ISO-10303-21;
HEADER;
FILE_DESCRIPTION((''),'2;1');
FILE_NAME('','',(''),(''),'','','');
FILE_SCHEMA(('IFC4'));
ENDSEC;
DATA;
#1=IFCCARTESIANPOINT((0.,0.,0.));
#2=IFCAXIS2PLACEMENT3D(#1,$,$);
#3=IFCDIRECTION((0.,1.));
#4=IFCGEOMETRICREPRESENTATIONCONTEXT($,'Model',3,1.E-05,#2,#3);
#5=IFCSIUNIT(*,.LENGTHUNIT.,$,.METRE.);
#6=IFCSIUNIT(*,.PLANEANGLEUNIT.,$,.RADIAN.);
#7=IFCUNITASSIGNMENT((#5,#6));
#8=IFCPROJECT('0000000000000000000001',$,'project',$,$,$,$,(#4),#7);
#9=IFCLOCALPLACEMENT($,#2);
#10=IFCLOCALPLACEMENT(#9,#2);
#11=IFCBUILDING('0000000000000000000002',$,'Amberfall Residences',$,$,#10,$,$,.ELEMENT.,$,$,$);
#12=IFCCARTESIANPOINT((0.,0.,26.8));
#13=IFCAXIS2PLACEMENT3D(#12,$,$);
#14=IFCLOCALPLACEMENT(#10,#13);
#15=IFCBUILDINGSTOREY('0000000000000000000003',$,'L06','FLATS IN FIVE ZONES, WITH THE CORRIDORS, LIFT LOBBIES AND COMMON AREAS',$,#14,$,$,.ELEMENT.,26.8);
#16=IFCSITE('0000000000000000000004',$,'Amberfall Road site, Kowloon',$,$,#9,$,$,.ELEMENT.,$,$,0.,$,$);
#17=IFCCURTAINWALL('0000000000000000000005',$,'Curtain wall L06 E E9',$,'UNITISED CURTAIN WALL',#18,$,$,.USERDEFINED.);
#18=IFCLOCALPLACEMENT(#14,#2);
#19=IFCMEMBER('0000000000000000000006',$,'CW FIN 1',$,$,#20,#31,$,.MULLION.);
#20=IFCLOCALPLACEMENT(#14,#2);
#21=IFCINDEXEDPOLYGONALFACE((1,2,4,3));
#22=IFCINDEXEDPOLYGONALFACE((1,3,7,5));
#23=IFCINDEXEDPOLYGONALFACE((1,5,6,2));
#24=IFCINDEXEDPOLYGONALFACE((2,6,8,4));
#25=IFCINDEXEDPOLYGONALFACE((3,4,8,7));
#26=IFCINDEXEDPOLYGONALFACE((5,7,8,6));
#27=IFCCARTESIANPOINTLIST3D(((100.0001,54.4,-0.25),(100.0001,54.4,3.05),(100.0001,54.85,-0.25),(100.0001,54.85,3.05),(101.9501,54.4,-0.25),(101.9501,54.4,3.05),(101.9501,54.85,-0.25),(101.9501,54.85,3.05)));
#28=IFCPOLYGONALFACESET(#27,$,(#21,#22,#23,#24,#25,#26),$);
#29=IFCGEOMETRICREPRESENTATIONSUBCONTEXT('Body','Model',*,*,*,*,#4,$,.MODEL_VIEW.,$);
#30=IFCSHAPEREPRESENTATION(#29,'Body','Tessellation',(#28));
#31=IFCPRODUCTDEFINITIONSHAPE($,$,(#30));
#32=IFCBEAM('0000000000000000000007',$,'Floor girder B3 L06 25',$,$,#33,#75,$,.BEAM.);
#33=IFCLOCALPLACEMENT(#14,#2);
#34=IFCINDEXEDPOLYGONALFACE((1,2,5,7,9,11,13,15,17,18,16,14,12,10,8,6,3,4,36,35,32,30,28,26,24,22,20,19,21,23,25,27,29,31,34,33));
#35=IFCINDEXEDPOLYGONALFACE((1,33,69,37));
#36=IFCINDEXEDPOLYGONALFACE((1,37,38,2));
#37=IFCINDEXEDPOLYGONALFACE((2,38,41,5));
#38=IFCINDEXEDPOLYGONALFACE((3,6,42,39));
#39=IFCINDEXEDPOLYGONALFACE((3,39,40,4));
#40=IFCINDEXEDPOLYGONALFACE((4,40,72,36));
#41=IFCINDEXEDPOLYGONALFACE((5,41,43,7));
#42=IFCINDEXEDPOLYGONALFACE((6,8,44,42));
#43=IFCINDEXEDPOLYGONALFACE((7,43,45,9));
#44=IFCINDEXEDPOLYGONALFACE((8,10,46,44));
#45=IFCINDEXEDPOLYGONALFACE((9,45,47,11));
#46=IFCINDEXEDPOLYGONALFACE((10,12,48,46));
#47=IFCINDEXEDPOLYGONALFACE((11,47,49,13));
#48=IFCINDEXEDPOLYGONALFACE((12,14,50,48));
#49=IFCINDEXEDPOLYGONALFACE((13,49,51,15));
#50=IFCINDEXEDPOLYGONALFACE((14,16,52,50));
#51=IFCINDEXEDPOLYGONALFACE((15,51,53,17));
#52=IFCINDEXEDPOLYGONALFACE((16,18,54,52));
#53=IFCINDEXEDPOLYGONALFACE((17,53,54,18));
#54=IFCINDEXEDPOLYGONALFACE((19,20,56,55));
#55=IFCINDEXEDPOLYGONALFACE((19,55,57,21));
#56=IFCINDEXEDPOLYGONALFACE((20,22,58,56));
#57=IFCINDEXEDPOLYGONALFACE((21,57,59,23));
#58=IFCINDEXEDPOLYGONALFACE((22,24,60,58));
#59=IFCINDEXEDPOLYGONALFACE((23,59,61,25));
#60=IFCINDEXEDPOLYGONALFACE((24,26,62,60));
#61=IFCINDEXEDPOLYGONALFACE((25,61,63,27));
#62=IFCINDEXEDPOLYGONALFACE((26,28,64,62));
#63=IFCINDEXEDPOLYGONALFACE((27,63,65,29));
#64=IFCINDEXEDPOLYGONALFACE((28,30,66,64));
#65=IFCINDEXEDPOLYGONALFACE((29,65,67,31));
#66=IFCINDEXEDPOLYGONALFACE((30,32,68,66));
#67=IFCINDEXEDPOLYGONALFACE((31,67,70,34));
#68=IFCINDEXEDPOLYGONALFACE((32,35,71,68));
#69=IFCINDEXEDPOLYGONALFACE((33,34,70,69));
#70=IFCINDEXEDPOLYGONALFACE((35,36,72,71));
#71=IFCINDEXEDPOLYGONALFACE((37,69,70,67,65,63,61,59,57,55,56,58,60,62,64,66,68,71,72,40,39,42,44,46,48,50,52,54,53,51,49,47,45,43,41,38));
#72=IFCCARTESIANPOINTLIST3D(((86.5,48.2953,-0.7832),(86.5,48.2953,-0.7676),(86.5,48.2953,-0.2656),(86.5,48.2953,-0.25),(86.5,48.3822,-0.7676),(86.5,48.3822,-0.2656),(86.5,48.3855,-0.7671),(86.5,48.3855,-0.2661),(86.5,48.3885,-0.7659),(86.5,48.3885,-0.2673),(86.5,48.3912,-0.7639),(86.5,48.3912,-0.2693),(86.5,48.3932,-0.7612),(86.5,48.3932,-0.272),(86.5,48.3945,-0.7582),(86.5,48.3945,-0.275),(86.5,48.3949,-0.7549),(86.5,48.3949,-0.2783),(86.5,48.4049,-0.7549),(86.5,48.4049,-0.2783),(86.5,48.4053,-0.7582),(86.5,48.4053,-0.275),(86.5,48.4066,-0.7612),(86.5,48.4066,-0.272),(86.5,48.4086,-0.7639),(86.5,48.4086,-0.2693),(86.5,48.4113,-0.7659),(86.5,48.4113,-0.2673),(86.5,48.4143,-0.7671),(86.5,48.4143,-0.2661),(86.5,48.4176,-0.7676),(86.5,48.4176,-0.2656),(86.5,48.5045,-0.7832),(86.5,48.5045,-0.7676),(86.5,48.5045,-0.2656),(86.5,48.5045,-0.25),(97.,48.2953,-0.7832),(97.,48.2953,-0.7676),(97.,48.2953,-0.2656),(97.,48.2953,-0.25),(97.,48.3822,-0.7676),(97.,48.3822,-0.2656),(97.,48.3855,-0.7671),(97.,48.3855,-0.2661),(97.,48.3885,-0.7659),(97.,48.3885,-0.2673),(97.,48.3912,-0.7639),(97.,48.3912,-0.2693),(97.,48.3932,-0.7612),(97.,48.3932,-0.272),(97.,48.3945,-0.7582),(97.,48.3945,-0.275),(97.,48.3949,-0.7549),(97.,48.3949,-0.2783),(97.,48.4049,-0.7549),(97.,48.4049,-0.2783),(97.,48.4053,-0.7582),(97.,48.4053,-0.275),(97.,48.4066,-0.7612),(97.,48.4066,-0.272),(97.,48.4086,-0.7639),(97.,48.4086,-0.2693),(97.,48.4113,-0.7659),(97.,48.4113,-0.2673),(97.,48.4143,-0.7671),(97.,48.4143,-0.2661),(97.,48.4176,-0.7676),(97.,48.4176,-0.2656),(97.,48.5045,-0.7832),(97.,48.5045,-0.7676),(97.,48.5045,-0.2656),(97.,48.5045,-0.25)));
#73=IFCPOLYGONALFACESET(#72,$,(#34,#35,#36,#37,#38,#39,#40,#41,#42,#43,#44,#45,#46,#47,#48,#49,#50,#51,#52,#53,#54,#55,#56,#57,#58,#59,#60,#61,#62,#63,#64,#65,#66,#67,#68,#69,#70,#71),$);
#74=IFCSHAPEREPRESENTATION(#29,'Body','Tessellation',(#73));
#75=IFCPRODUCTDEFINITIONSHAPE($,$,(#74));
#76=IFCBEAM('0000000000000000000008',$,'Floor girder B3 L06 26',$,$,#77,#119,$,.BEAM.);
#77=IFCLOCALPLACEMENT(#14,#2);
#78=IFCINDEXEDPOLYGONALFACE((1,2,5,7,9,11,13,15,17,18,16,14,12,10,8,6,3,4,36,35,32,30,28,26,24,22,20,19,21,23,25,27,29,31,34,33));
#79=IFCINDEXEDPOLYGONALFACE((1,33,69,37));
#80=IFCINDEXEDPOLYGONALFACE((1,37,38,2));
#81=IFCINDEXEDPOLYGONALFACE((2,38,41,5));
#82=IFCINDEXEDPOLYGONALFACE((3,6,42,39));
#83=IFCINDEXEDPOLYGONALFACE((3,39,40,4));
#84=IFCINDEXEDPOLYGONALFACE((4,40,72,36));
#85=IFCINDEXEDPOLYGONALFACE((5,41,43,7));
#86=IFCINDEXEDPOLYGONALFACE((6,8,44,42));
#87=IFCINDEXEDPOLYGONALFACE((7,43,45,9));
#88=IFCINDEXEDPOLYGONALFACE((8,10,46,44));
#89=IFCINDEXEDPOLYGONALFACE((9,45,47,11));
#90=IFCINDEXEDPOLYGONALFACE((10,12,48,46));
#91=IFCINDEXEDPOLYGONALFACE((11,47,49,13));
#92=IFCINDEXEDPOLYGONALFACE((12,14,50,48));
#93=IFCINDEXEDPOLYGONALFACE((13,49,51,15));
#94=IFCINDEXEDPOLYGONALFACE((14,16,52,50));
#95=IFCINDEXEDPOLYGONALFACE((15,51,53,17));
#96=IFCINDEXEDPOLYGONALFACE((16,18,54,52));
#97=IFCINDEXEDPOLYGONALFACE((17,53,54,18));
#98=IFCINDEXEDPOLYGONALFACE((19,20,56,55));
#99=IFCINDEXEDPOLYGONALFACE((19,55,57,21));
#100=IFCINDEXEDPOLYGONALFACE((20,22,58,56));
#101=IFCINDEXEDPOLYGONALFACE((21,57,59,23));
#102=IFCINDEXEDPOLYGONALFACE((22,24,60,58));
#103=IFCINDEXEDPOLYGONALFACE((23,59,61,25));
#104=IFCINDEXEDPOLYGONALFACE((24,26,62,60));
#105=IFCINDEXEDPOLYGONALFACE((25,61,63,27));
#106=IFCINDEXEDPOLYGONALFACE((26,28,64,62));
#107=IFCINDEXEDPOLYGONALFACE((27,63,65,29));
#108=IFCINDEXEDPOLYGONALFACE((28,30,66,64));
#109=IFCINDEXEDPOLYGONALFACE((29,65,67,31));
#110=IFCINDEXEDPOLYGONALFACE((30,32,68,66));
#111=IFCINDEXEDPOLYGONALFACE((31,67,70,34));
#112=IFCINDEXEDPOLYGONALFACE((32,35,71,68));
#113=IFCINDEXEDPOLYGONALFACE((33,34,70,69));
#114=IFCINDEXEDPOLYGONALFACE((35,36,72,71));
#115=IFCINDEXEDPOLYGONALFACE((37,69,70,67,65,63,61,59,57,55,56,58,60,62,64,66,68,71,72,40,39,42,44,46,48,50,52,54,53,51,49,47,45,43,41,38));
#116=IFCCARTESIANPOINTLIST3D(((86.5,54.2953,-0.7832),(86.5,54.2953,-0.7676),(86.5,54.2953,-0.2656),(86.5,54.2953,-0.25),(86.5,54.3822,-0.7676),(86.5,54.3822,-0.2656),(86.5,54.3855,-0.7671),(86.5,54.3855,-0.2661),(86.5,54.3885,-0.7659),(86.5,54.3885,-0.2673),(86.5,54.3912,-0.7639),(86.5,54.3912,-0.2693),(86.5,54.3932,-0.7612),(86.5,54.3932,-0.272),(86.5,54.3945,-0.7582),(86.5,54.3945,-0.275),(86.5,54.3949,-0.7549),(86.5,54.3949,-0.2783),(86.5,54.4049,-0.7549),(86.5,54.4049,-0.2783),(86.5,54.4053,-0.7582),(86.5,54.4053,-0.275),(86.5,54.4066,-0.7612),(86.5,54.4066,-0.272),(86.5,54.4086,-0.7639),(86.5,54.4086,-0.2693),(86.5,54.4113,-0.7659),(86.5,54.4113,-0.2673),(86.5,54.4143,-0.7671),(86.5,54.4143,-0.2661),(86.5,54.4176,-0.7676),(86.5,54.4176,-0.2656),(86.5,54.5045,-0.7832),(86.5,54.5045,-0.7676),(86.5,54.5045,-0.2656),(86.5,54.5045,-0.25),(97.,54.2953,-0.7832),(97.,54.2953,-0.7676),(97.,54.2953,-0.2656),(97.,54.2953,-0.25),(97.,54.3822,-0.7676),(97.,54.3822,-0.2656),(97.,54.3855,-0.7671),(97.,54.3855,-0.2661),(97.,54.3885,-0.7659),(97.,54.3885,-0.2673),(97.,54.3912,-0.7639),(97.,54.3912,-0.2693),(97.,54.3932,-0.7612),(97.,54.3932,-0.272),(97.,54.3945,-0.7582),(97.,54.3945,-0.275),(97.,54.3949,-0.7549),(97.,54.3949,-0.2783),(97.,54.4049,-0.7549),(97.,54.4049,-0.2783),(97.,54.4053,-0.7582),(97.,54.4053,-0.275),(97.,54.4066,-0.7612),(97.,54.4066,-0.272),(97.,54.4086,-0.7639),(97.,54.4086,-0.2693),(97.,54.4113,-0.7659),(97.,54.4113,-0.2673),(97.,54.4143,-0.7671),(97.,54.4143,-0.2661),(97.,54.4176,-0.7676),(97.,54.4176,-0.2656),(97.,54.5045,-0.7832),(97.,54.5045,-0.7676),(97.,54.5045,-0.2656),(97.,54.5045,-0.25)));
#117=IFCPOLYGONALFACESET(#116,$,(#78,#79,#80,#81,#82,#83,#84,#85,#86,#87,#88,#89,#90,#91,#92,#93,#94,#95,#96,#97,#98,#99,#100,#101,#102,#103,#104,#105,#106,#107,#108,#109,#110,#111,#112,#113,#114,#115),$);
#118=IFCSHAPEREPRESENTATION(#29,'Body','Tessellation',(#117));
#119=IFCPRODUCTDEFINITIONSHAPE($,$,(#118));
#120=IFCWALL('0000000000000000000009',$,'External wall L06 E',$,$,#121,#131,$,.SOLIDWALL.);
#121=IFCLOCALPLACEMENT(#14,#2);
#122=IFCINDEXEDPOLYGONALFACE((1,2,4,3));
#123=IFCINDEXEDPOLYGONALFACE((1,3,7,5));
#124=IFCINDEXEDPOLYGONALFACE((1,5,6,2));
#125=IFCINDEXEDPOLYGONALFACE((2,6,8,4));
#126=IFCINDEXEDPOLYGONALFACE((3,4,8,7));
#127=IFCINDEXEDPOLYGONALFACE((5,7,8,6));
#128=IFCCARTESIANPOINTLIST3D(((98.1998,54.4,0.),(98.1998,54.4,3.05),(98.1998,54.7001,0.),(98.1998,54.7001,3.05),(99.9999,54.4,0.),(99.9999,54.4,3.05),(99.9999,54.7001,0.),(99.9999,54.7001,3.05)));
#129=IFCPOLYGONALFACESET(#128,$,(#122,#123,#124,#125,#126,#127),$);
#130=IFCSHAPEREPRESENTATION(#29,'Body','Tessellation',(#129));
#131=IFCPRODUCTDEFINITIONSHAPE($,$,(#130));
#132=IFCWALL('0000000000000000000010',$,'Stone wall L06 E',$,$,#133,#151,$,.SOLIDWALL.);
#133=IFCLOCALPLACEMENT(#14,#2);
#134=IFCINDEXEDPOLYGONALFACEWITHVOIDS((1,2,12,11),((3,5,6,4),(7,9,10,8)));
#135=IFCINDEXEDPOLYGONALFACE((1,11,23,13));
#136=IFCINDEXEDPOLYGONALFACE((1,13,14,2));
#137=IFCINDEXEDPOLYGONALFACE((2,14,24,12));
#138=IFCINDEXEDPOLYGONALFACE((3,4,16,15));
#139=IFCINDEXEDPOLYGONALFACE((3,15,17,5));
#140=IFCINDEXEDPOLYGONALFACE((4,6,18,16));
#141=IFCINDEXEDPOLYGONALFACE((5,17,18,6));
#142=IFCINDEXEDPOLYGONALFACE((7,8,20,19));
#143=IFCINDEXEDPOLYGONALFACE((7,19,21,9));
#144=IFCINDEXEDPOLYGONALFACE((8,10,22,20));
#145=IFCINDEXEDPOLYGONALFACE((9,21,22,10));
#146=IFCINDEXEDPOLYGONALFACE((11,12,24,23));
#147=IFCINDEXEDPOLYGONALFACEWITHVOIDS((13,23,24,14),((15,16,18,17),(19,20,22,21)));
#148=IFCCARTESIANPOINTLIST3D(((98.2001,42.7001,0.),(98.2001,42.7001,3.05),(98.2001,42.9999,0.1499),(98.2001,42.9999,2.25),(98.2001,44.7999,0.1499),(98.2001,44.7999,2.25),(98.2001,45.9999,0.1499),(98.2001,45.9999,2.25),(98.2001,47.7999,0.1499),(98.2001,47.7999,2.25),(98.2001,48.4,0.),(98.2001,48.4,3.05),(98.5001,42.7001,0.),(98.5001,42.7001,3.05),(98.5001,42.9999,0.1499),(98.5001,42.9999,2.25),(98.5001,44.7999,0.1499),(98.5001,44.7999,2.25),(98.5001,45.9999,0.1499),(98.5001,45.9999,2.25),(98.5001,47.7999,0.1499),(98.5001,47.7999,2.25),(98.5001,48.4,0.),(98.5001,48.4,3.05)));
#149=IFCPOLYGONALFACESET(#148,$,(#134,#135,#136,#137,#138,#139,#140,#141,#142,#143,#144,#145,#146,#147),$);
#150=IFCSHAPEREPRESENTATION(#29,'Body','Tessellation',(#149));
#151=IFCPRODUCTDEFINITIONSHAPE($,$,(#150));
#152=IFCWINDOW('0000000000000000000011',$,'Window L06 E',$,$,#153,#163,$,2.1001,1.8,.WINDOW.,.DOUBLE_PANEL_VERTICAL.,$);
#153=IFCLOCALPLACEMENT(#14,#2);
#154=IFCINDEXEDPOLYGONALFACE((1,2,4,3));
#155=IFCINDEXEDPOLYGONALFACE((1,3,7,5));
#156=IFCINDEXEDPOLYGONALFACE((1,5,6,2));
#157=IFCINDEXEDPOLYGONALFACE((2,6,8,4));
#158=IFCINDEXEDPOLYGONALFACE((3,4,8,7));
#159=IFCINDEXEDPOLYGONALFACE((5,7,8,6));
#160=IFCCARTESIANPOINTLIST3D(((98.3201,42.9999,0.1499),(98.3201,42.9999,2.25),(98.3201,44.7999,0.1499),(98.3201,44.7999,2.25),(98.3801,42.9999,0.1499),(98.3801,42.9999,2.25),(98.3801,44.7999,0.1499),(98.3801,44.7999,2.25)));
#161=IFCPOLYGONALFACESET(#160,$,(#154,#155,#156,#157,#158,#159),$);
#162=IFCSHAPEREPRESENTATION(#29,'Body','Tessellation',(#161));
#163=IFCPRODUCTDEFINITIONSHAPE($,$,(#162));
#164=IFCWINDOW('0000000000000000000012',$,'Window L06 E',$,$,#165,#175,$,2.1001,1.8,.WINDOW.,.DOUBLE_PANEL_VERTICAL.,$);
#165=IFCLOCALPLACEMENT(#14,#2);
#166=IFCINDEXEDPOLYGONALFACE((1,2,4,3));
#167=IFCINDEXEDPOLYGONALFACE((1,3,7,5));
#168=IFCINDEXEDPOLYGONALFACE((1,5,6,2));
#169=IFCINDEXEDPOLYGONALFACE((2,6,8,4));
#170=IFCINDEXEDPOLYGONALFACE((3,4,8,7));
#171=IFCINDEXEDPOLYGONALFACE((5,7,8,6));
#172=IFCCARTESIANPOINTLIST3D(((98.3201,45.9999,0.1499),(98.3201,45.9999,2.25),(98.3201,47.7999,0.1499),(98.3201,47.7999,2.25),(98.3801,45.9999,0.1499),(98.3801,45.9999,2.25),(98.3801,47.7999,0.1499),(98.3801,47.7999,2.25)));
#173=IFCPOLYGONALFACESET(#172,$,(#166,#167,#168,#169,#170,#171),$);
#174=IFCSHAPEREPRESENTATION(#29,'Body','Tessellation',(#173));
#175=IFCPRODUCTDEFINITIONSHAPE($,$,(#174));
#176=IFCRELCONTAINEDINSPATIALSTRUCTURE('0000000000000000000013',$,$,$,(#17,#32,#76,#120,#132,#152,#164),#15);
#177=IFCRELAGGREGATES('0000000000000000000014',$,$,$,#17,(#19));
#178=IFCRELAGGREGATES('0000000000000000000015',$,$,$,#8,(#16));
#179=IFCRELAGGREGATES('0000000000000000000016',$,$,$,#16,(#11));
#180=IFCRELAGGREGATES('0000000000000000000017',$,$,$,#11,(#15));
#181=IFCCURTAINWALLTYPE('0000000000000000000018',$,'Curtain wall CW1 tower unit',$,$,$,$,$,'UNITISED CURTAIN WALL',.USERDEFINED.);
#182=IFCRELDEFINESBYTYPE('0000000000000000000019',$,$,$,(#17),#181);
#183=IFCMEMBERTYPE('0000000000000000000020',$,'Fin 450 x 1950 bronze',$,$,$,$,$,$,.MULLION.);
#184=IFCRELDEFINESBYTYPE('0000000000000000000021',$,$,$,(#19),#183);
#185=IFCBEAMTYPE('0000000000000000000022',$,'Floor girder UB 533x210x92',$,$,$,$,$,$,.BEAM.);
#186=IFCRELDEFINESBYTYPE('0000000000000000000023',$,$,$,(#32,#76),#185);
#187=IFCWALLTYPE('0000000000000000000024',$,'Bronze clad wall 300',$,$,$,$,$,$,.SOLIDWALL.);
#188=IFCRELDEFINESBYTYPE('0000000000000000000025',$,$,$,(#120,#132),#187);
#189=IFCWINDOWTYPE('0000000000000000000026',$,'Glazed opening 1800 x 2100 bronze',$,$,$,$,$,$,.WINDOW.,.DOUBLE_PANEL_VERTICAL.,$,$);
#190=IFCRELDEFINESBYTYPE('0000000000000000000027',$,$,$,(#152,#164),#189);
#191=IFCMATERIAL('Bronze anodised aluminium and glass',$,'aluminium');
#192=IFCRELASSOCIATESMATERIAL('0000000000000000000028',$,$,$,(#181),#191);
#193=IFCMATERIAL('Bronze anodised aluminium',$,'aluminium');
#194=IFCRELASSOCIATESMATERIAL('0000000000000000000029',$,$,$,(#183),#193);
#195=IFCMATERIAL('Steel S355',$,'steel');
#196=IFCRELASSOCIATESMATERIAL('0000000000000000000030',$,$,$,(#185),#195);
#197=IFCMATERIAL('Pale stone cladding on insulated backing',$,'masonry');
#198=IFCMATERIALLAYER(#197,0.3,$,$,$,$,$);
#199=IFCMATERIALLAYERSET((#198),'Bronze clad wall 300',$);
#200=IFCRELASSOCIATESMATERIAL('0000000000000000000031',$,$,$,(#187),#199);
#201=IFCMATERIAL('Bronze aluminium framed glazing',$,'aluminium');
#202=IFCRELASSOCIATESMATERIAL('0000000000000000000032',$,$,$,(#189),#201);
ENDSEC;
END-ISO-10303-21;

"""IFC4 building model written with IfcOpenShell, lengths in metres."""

from ifc_helpers import new_model, si_unit, direction, frame, frame_2d, origin, origin_2d, place, context, subcontext, project, spatial, rectangle, i_section, extrude, material, layer, layer_set, material_profile, profile_set, type_object, element, fill, aggregate, save


model = new_model("IFC4")

# Units and contexts
model_context = context("Model", 3, precision=1e-05, world=origin(), true_north=direction((0.0, 1.0)))
body_context = subcontext(model_context, "Body", "Model", "MODEL_VIEW")
ifc_project = project(units=[si_unit("LENGTHUNIT", "METRE"), si_unit("PLANEANGLEUNIT", "RADIAN")], contexts=[model_context])

# Site, building, storey
site_placement = place(None, origin())
site = spatial("IfcSite", under=ifc_project, at=site_placement, Name="Amberfall Road site, Kowloon", CompositionType="ELEMENT", RefElevation=0.0)
building_placement = place(site_placement, origin())
building = spatial("IfcBuilding", under=site, at=building_placement, Name="Amberfall Residences", CompositionType="ELEMENT")
storey_placement = place(building_placement, frame((0.0, 0.0, 26.8)))
storey = spatial("IfcBuildingStorey", under=building, at=storey_placement, Name="L06", Description="FLATS IN FIVE ZONES, WITH THE CORRIDORS, LIFT LOBBIES AND COMMON AREAS", CompositionType="ELEMENT", Elevation=26.8)

# Curtain wall
ifc_material_1 = material(Name="Bronze anodised aluminium and glass", Category="aluminium")
curtain_wall_type = type_object("IfcCurtainWallType", Name="Curtain wall CW1 tower unit", ElementType="UNITISED CURTAIN WALL", PredefinedType="USERDEFINED", material=ifc_material_1)
curtain_wall_placement = place(storey_placement, origin())
curtain_wall = element("IfcCurtainWall", 1, at=curtain_wall_placement, inside=storey, type_object=curtain_wall_type, Name="Curtain wall L06 E E9", ObjectType="UNITISED CURTAIN WALL", PredefinedType="USERDEFINED")
ifc_material_2 = material(Name="Bronze anodised aluminium", Category="aluminium")

# Shared definitions
ifc_material_3 = material(Name="Steel S355", Category="steel")

# Member
ifc_material_profile_1 = material_profile(ifc_material_2, rectangle(XDim=1.95, YDim=0.45, at=origin_2d()), Name="Fin 450 x 1950 bronze")
ifc_profile_set_1 = profile_set([ifc_material_profile_1], Name="Bronze anodised aluminium")
member_type_1 = type_object("IfcMemberType", Name="Fin 450 x 1950 bronze", PredefinedType="MULLION", material=ifc_profile_set_1)
member_1_placement = place(storey_placement, frame((100.9751, 54.625, -0.25), z_axis=(0.0, 0.0, 1.0), x_axis=(-1.0, 0.0, 0.0)))
member_1 = element("IfcMember", 2, at=member_1_placement, type_object=member_type_1, Name="CW FIN 1", PredefinedType="MULLION", context=body_context, shape_type="SweptSolid", body=[
    extrude(rectangle(XDim=1.95, YDim=0.45, at=origin_2d()), origin(), (0.0, 0.0, 1.0), 3.3),
])
aggregate(curtain_wall, [member_1])

# Beams
ifc_material_profile_2 = material_profile(ifc_material_3, i_section(OverallWidth=0.2092, OverallDepth=0.5332, WebThickness=0.01, FlangeThickness=0.0156, FilletRadius=0.0127, at=origin_2d()), Name="UB 533x210x92")
ifc_profile_set_2 = profile_set([ifc_material_profile_2], Name="Steel S355")
beam_type_1 = type_object("IfcBeamType", Name="Floor girder UB 533x210x92", PredefinedType="BEAM", material=ifc_profile_set_2)
for number, where, z_axis, x_axis, name in (
    (3, (97.0, 48.3999, -0.5166), (-1.0, 0.0, 0.0), (0.0, -1.0, 0.0), "Floor girder B3 L06 25"),
    (4, (97.0, 54.3999, -0.5166), (-1.0, 0.0, 0.0), (0.0, -1.0, 0.0), "Floor girder B3 L06 26"),
):
    element("IfcBeam", number, at=place(storey_placement, frame(where, z_axis=z_axis, x_axis=x_axis)), inside=storey, type_object=beam_type_1, Name=name, PredefinedType="BEAM", context=body_context, shape_type="SweptSolid", body=[
        extrude(i_section(OverallWidth=0.2092, OverallDepth=0.5332, WebThickness=0.01, FlangeThickness=0.0156, FilletRadius=0.0127, at=origin_2d()), origin(), (0.0, 0.0, 1.0), 10.5),
    ])

# Wall
ifc_material_4 = material(Name="Pale stone cladding on insulated backing", Category="masonry")
ifc_layer_1 = layer(ifc_material_4, 0.3)
ifc_layer_set_1 = layer_set([ifc_layer_1], Name="Bronze clad wall 300")
wall_type_1 = type_object("IfcWallType", Name="Bronze clad wall 300", PredefinedType="SOLIDWALL", material=ifc_layer_set_1)
wall_1_placement = place(storey_placement, frame((98.2, 54.55, 0.0), z_axis=(0.0, 0.0, 1.0), x_axis=(1.0, 0.0, 0.0)))
element("IfcWall", 5, at=wall_1_placement, inside=storey, type_object=wall_type_1, Name="External wall L06 E", PredefinedType="SOLIDWALL", context=body_context, shape_type="SweptSolid", body=[
    extrude(rectangle(XDim=1.8, YDim=0.3, at=frame_2d((0.8999, 0.0))), origin(), (0.0, 0.0, 1.0), 3.05),
])

# Wall, openings, windows
wall_2_placement = place(storey_placement, frame((98.3501, 42.7, 0.0), z_axis=(0.0, 0.0, 1.0), x_axis=(0.0, 1.0, 0.0)))
wall_2 = element("IfcWall", 6, at=wall_2_placement, inside=storey, type_object=wall_type_1, Name="Stone wall L06 E", PredefinedType="SOLIDWALL", context=body_context, shape_type="SweptSolid", body=[
    extrude(rectangle(XDim=5.7, YDim=0.3, at=frame_2d((2.8501, 0.0))), origin(), (0.0, 0.0, 1.0), 3.05),
])
opening_1_placement = place(wall_2_placement, frame((0.3, 0.0, 0.1499)))
opening_1 = element("IfcOpeningElement", 7, at=opening_1_placement, cuts=wall_2, PredefinedType="OPENING", context=body_context, shape_type="SweptSolid", body=[
    extrude(rectangle(XDim=1.8, YDim=2.1001, at=frame_2d((0.8999, 1.05))), frame((0.0, 0.1599, 0.0), z_axis=(0.0, -1.0, 0.0), x_axis=(1.0, 0.0, 0.0)), (0.0, 0.0, 1.0), 0.3201),
])
opening_2_placement = place(wall_2_placement, frame((3.3, 0.0, 0.1499)))
opening_2 = element("IfcOpeningElement", 8, at=opening_2_placement, cuts=wall_2, PredefinedType="OPENING", context=body_context, shape_type="SweptSolid", body=[
    extrude(rectangle(XDim=1.8, YDim=2.1001, at=frame_2d((0.8999, 1.05))), frame((0.0, 0.1599, 0.0), z_axis=(0.0, -1.0, 0.0), x_axis=(1.0, 0.0, 0.0)), (0.0, 0.0, 1.0), 0.3201),
])
ifc_material_5 = material(Name="Bronze aluminium framed glazing", Category="aluminium")
window_type = type_object("IfcWindowType", Name="Glazed opening 1800 x 2100 bronze", PartitioningType="DOUBLE_PANEL_VERTICAL", PredefinedType="WINDOW", material=ifc_material_5)
window_1_placement = place(opening_1_placement, origin())
window_1 = element("IfcWindow", 9, at=window_1_placement, inside=storey, type_object=window_type, Name="Window L06 E", OverallHeight=2.1001, OverallWidth=1.8, PartitioningType="DOUBLE_PANEL_VERTICAL", PredefinedType="WINDOW", context=body_context, shape_type="SweptSolid", body=[
    extrude(rectangle(XDim=1.8, YDim=2.1001, at=frame_2d((0.8999, 1.05))), frame((0.0, 0.03, 0.0), z_axis=(0.0, -1.0, 0.0), x_axis=(1.0, 0.0, 0.0)), (0.0, 0.0, 1.0), 0.0601),
])
fill(opening_1, window_1)
window_2_placement = place(opening_2_placement, origin())
window_2 = element("IfcWindow", 10, at=window_2_placement, inside=storey, type_object=window_type, Name="Window L06 E", OverallHeight=2.1001, OverallWidth=1.8, PartitioningType="DOUBLE_PANEL_VERTICAL", PredefinedType="WINDOW", context=body_context, shape_type="SweptSolid", body=[
    extrude(rectangle(XDim=1.8, YDim=2.1001, at=frame_2d((0.8999, 1.05))), frame((0.0, 0.03, 0.0), z_axis=(0.0, -1.0, 0.0), x_axis=(1.0, 0.0, 0.0)), (0.0, 0.0, 1.0), 0.0601),
])
fill(opening_2, window_2)

save(model, "model.ifc")
